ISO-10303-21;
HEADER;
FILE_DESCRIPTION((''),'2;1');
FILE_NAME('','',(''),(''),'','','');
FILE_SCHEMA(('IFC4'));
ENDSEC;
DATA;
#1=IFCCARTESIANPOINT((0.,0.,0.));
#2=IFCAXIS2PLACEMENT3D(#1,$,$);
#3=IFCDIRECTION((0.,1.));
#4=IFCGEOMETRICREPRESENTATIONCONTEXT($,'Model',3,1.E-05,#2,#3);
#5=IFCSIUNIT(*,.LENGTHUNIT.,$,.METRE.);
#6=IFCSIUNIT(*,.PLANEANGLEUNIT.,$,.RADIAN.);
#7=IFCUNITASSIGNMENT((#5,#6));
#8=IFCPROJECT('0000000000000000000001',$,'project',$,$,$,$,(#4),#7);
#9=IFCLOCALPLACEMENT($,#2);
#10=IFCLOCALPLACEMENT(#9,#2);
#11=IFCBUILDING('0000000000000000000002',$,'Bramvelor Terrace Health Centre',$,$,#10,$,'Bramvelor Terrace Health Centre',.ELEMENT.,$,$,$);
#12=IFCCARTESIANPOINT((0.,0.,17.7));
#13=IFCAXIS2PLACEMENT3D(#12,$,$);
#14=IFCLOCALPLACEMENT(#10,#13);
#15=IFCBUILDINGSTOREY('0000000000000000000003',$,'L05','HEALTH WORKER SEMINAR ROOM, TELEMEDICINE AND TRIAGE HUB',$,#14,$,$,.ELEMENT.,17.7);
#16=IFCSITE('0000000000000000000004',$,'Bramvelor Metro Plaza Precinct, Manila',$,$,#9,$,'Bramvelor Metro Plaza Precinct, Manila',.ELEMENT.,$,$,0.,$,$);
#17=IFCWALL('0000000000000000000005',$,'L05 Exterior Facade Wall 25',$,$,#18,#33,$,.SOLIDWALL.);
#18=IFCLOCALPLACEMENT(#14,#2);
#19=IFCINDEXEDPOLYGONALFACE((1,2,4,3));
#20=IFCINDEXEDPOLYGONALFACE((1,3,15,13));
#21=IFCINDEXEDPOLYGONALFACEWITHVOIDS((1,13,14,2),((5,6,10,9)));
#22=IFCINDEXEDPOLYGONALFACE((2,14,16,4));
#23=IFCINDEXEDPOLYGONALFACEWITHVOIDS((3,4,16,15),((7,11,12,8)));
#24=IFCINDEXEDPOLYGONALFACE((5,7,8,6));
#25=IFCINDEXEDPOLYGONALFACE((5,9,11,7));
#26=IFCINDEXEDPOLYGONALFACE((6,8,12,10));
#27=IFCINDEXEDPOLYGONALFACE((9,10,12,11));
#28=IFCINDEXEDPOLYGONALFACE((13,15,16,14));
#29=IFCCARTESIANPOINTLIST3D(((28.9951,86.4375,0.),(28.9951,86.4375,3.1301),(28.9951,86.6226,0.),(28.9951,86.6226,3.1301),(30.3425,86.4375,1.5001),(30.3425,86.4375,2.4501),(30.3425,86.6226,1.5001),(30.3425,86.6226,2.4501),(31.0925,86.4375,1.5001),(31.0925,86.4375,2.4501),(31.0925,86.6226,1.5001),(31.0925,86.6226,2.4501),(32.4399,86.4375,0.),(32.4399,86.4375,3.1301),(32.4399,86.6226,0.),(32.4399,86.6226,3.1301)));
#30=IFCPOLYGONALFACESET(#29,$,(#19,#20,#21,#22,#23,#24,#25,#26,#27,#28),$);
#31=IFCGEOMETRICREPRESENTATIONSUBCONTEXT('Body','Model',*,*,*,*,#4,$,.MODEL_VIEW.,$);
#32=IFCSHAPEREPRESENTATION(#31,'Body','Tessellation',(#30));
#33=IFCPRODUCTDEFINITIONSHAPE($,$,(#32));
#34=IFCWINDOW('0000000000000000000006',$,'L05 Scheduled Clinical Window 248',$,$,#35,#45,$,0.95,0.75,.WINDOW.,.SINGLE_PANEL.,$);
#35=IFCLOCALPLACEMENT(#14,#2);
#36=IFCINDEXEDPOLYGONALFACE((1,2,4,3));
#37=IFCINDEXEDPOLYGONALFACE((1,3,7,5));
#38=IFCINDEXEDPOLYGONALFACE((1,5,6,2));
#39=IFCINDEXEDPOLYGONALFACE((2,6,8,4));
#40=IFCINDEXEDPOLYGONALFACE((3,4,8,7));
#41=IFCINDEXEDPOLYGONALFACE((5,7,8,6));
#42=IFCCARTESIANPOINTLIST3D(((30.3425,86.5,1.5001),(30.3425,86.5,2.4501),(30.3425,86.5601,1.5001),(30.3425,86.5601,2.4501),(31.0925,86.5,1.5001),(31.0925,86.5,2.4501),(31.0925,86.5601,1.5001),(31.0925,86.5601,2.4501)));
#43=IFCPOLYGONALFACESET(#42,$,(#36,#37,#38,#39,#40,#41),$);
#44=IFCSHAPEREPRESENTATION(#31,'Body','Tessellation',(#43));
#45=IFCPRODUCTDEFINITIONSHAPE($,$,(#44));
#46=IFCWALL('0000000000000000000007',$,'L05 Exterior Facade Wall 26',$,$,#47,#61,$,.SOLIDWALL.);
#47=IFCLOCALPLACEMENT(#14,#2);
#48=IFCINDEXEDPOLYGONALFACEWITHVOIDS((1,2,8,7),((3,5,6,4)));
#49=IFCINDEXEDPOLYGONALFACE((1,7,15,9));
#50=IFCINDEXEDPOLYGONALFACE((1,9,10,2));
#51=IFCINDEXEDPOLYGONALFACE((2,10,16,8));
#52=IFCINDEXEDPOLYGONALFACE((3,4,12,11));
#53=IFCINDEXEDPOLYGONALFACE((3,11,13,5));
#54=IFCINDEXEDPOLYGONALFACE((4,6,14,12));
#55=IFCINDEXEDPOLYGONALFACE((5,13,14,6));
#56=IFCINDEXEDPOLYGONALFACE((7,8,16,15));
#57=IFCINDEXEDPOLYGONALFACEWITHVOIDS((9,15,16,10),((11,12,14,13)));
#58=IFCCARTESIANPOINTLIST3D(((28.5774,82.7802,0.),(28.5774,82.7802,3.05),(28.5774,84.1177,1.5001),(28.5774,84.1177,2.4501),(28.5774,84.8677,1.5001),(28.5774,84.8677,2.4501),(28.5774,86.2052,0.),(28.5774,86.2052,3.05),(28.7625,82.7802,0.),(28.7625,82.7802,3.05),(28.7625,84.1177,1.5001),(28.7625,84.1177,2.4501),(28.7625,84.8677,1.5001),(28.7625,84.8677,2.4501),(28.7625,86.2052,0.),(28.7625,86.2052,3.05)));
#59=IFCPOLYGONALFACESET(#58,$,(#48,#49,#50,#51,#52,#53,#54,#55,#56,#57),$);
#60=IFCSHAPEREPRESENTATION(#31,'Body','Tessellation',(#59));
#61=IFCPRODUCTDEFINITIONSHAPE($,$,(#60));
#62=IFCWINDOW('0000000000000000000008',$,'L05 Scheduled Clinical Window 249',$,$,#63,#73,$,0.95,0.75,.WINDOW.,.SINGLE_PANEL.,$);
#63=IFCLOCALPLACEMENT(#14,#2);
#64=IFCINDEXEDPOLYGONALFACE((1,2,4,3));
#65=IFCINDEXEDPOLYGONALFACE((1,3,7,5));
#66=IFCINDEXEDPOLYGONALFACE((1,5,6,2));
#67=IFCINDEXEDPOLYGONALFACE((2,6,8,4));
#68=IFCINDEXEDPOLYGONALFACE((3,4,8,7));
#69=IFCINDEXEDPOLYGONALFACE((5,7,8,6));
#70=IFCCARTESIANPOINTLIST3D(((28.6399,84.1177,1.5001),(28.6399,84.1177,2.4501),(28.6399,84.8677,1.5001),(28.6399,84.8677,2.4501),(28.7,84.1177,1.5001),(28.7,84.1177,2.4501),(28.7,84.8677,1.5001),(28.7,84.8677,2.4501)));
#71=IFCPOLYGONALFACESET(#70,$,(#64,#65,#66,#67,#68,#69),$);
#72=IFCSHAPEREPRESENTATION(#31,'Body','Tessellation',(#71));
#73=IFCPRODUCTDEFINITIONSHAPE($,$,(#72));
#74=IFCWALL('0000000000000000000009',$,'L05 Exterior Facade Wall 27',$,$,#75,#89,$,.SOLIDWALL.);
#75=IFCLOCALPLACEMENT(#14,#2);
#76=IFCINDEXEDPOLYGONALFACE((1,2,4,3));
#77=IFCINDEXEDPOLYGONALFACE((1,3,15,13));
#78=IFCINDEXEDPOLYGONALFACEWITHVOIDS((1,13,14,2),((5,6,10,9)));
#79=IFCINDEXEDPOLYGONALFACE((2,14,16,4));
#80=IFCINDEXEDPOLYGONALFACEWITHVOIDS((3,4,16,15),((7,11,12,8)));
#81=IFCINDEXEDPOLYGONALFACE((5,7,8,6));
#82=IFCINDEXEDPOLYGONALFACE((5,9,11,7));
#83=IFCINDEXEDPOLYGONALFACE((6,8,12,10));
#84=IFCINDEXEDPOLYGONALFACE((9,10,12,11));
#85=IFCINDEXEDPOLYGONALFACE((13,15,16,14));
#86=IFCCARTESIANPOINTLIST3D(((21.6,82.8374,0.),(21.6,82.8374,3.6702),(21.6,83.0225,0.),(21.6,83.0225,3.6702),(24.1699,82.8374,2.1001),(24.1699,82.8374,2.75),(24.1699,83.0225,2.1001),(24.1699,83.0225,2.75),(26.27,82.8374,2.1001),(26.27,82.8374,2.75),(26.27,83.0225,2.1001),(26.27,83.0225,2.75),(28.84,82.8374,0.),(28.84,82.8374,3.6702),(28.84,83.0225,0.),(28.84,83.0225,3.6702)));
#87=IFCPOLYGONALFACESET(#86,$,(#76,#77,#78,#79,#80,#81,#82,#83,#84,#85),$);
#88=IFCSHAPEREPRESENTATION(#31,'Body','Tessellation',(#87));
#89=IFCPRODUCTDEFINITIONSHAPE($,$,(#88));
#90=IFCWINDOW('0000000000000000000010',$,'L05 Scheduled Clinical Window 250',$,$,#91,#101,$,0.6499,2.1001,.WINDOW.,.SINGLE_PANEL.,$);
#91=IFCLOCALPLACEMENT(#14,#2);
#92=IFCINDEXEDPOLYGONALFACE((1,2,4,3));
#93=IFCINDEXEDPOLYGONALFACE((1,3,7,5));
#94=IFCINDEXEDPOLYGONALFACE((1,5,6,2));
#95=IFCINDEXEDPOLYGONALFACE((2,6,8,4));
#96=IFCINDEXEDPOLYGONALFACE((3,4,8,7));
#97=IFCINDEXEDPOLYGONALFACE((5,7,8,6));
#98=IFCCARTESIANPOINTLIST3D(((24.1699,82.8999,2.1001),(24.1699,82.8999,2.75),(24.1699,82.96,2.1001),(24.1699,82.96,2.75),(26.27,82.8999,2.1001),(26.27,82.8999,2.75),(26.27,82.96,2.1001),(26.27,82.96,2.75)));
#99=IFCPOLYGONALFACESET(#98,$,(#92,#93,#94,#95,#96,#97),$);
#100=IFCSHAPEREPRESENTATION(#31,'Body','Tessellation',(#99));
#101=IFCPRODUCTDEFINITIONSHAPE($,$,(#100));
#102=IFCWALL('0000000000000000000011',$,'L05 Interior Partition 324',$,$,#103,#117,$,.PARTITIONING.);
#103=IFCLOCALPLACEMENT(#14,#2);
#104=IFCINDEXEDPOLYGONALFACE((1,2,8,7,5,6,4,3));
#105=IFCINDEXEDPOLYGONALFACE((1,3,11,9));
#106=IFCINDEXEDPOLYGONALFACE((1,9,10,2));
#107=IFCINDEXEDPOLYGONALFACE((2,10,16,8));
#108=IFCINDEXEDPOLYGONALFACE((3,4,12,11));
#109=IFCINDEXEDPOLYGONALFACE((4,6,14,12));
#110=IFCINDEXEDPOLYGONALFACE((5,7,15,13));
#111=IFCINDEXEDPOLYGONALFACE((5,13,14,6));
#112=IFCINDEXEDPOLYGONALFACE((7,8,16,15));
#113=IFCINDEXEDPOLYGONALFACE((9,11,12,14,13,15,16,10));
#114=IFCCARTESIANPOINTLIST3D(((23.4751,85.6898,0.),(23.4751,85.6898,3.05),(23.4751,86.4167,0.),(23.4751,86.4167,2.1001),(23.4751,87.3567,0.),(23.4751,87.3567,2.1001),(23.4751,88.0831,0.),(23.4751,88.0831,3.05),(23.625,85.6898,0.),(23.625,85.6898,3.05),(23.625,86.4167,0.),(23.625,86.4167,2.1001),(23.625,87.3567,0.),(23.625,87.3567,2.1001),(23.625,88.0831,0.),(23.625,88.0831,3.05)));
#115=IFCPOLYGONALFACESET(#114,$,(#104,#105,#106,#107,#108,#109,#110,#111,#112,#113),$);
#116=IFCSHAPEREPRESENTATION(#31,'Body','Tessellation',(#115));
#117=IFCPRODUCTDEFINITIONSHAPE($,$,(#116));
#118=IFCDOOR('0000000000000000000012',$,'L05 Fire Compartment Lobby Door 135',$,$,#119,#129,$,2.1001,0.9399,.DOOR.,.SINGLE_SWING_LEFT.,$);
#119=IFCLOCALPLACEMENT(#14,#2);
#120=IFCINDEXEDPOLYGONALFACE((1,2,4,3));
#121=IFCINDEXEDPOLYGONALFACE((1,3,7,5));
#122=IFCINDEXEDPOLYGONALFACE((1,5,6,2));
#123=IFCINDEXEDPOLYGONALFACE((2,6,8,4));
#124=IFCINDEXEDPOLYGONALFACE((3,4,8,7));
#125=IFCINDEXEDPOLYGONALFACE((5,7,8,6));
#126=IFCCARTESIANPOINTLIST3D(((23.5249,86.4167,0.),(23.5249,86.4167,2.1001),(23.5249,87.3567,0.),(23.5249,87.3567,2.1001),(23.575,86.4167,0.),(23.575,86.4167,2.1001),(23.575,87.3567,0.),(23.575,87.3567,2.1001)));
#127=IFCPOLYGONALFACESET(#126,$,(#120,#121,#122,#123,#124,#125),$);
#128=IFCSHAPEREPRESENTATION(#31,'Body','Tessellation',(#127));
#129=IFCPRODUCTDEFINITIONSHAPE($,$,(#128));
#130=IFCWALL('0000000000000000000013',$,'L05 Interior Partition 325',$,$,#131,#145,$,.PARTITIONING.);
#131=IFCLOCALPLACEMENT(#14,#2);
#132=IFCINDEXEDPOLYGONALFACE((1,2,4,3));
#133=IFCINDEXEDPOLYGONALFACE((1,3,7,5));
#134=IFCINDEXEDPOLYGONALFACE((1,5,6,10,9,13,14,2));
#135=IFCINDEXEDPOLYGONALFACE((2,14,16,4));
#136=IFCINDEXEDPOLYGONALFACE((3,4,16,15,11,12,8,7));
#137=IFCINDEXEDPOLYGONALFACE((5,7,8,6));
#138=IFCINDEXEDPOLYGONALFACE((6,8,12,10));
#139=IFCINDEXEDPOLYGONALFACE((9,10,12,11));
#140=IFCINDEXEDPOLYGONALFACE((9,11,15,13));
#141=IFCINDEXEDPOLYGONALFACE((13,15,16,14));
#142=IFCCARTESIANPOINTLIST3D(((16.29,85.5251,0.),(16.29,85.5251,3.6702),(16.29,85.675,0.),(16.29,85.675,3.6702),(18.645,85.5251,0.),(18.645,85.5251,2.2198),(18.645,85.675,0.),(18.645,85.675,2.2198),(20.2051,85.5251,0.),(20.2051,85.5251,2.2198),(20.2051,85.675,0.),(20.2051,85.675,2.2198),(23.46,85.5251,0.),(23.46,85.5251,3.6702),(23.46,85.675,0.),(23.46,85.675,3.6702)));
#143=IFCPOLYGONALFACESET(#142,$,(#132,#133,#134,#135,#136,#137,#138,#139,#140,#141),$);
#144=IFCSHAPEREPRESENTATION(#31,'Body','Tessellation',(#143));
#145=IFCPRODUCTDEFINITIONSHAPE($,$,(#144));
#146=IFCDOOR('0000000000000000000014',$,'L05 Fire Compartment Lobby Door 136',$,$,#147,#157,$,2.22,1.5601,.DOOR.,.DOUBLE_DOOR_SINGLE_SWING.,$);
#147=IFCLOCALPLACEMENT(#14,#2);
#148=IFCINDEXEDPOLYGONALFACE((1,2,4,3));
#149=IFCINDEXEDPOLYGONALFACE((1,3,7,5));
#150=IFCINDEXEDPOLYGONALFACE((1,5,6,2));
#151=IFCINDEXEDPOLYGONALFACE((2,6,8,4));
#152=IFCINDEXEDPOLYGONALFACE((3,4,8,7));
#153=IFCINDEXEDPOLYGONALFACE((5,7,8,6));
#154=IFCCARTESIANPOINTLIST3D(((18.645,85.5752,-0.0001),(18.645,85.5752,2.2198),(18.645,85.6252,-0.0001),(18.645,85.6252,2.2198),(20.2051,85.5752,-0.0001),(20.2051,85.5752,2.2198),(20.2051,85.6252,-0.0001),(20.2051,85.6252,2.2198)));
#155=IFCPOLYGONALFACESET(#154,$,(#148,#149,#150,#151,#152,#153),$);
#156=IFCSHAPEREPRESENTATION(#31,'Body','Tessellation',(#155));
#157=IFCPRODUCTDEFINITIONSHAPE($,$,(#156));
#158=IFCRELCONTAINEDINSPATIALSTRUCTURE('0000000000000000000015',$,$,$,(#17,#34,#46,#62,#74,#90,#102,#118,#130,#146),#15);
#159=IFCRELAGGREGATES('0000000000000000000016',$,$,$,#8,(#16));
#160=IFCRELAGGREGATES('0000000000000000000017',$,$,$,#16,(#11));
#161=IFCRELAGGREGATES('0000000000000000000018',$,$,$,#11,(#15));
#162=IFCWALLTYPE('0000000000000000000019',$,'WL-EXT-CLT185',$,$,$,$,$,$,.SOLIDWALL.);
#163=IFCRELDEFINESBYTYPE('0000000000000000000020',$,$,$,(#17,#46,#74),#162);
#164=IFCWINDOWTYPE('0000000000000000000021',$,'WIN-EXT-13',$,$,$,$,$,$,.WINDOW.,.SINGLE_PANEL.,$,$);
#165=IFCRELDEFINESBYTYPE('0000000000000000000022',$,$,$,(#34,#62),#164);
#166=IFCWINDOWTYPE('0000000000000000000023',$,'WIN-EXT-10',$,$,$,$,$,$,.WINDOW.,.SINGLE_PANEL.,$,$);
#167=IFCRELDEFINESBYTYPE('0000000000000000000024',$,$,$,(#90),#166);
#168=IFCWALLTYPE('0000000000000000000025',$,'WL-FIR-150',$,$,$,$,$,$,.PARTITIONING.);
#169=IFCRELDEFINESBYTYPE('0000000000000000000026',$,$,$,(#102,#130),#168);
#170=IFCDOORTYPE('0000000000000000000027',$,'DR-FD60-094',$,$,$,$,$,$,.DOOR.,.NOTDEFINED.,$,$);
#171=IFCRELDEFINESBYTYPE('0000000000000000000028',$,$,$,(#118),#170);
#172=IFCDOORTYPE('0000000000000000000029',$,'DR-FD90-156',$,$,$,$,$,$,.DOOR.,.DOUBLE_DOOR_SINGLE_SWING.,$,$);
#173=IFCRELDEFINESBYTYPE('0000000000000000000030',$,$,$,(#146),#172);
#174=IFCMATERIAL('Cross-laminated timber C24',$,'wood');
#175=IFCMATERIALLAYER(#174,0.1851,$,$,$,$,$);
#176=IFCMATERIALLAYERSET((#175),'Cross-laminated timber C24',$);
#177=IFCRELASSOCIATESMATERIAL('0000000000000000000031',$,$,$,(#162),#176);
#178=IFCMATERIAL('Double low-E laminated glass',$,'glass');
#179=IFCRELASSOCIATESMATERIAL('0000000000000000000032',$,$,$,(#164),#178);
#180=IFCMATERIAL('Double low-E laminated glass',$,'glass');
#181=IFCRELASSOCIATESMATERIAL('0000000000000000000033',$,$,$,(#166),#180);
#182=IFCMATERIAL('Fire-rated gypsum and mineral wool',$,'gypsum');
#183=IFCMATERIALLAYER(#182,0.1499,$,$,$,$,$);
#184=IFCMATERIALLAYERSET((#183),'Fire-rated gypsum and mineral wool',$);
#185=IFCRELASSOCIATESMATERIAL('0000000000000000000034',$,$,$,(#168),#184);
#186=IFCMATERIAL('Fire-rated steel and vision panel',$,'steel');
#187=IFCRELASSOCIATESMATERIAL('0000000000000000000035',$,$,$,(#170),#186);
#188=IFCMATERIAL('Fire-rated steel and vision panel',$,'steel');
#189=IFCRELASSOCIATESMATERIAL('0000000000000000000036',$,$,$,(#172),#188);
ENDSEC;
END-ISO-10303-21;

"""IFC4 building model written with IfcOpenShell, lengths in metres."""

from ifc_helpers import new_model, si_unit, direction, frame, frame_2d, origin, place, context, subcontext, project, spatial, rectangle, extrude, material, layer, layer_set, type_object, element, fill, save


model = new_model("IFC4")

# Units and contexts
model_context = context("Model", 3, precision=1e-05, world=origin(), true_north=direction((0.0, 1.0)))
body_context = subcontext(model_context, "Body", "Model", "MODEL_VIEW")
ifc_project = project(units=[si_unit("LENGTHUNIT", "METRE"), si_unit("PLANEANGLEUNIT", "RADIAN")], contexts=[model_context])

# Site, building, storey
site_placement = place(None, origin())
site = spatial("IfcSite", under=ifc_project, at=site_placement, Name="Bramvelor Metro Plaza Precinct, Manila", LongName="Bramvelor Metro Plaza Precinct, Manila", CompositionType="ELEMENT", RefElevation=0.0)
building_placement = place(site_placement, origin())
building = spatial("IfcBuilding", under=site, at=building_placement, Name="Bramvelor Terrace Health Centre", LongName="Bramvelor Terrace Health Centre", CompositionType="ELEMENT")
storey_placement = place(building_placement, frame((0.0, 0.0, 17.7)))
storey = spatial("IfcBuildingStorey", under=building, at=storey_placement, Name="L05", Description="HEALTH WORKER SEMINAR ROOM, TELEMEDICINE AND TRIAGE HUB", CompositionType="ELEMENT", Elevation=17.7)

# Walls, openings, windows
ifc_material_1 = material(Name="Cross-laminated timber C24", Category="wood")
ifc_layer_1 = layer(ifc_material_1, 0.1851)
ifc_layer_set_1 = layer_set([ifc_layer_1], Name="Cross-laminated timber C24")
wall_type_1 = type_object("IfcWallType", Name="WL-EXT-CLT185", PredefinedType="SOLIDWALL", material=ifc_layer_set_1)
wall_1_placement = place(storey_placement, frame((32.4399, 86.53, 0.0), z_axis=(0.0, 0.0, 1.0), x_axis=(-1.0, 0.0, 0.0)))
wall_1 = element("IfcWall", 1, at=wall_1_placement, inside=storey, type_object=wall_type_1, Name="L05 Exterior Facade Wall 25", PredefinedType="SOLIDWALL", context=body_context, shape_type="SweptSolid", body=[
    extrude(rectangle(XDim=3.4448, YDim=0.1851, at=frame_2d((1.7224, 0.0))), origin(), (0.0, 0.0, 1.0), 3.1301),
])
opening_1_placement = place(wall_1_placement, frame((1.3474, 0.0, 1.5)))
opening_1 = element("IfcOpeningElement", 2, at=opening_1_placement, cuts=wall_1, PredefinedType="OPENING", context=body_context, shape_type="SweptSolid", body=[
    extrude(rectangle(XDim=0.75, YDim=0.95, at=frame_2d((0.375, 0.4751))), frame((0.0, 0.1025, 0.0), z_axis=(0.0, -1.0, 0.0), x_axis=(1.0, 0.0, 0.0)), (0.0, 0.0, 1.0), 0.2051),
])
ifc_material_2 = material(Name="Double low-E laminated glass", Category="glass")
window_type_1 = type_object("IfcWindowType", Name="WIN-EXT-13", PartitioningType="SINGLE_PANEL", PredefinedType="WINDOW", material=ifc_material_2)
window_1_placement = place(opening_1_placement, origin())
window_1 = element("IfcWindow", 3, at=window_1_placement, inside=storey, type_object=window_type_1, Name="L05 Scheduled Clinical Window 248", OverallHeight=0.95, OverallWidth=0.75, PartitioningType="SINGLE_PANEL", PredefinedType="WINDOW", context=body_context, shape_type="SweptSolid", body=[
    extrude(rectangle(XDim=0.75, YDim=0.95, at=frame_2d((0.375, 0.4751))), frame((0.0, 0.03, 0.0), z_axis=(0.0, -1.0, 0.0), x_axis=(1.0, 0.0, 0.0)), (0.0, 0.0, 1.0), 0.0601),
])
fill(opening_1, window_1)
wall_2_placement = place(storey_placement, frame((28.6699, 86.2051, 0.0), z_axis=(0.0, 0.0, 1.0), x_axis=(0.0, -1.0, 0.0)))
wall_2 = element("IfcWall", 4, at=wall_2_placement, inside=storey, type_object=wall_type_1, Name="L05 Exterior Facade Wall 26", PredefinedType="SOLIDWALL", context=body_context, shape_type="SweptSolid", body=[
    extrude(rectangle(XDim=3.425, YDim=0.1851, at=frame_2d((1.7124, 0.0))), origin(), (0.0, 0.0, 1.0), 3.05),
])
opening_2_placement = place(wall_2_placement, frame((1.3374, 0.0, 1.5)))
opening_2 = element("IfcOpeningElement", 5, at=opening_2_placement, cuts=wall_2, PredefinedType="OPENING", context=body_context, shape_type="SweptSolid", body=[
    extrude(rectangle(XDim=0.75, YDim=0.95, at=frame_2d((0.375, 0.4751))), frame((0.0, 0.1025, 0.0), z_axis=(0.0, -1.0, 0.0), x_axis=(1.0, 0.0, 0.0)), (0.0, 0.0, 1.0), 0.2051),
])
window_2_placement = place(opening_2_placement, origin())
window_2 = element("IfcWindow", 6, at=window_2_placement, inside=storey, type_object=window_type_1, Name="L05 Scheduled Clinical Window 249", OverallHeight=0.95, OverallWidth=0.75, PartitioningType="SINGLE_PANEL", PredefinedType="WINDOW", context=body_context, shape_type="SweptSolid", body=[
    extrude(rectangle(XDim=0.75, YDim=0.95, at=frame_2d((0.375, 0.4751))), frame((0.0, 0.03, 0.0), z_axis=(0.0, -1.0, 0.0), x_axis=(1.0, 0.0, 0.0)), (0.0, 0.0, 1.0), 0.0601),
])
fill(opening_2, window_2)
wall_3_placement = place(storey_placement, frame((28.8401, 82.9299, 0.0), z_axis=(0.0, 0.0, 1.0), x_axis=(-1.0, 0.0, 0.0)))
wall_3 = element("IfcWall", 7, at=wall_3_placement, inside=storey, type_object=wall_type_1, Name="L05 Exterior Facade Wall 27", PredefinedType="SOLIDWALL", context=body_context, shape_type="SweptSolid", body=[
    extrude(rectangle(XDim=7.24, YDim=0.1851, at=frame_2d((3.6201, 0.0))), origin(), (0.0, 0.0, 1.0), 3.6702),
])
opening_3_placement = place(wall_3_placement, frame((2.5701, 0.0, 2.1001)))
opening_3 = element("IfcOpeningElement", 8, at=opening_3_placement, cuts=wall_3, PredefinedType="OPENING", context=body_context, shape_type="SweptSolid", body=[
    extrude(rectangle(XDim=2.1001, YDim=0.6499, at=frame_2d((1.05, 0.325))), frame((0.0, 0.1025, 0.0), z_axis=(0.0, -1.0, 0.0), x_axis=(1.0, 0.0, 0.0)), (0.0, 0.0, 1.0), 0.2051),
])
ifc_material_3 = material(Name="Double low-E laminated glass", Category="glass")
window_type_2 = type_object("IfcWindowType", Name="WIN-EXT-10", PartitioningType="SINGLE_PANEL", PredefinedType="WINDOW", material=ifc_material_3)
window_3_placement = place(opening_3_placement, origin())
window_3 = element("IfcWindow", 9, at=window_3_placement, inside=storey, type_object=window_type_2, Name="L05 Scheduled Clinical Window 250", OverallHeight=0.6499, OverallWidth=2.1001, PartitioningType="SINGLE_PANEL", PredefinedType="WINDOW", context=body_context, shape_type="SweptSolid", body=[
    extrude(rectangle(XDim=2.1001, YDim=0.6499, at=frame_2d((1.05, 0.325))), frame((0.0, 0.03, 0.0), z_axis=(0.0, -1.0, 0.0), x_axis=(1.0, 0.0, 0.0)), (0.0, 0.0, 1.0), 0.0601),
])
fill(opening_3, window_3)

# Walls, openings, doors
ifc_material_4 = material(Name="Fire-rated gypsum and mineral wool", Category="gypsum")
ifc_layer_2 = layer(ifc_material_4, 0.1499)
ifc_layer_set_2 = layer_set([ifc_layer_2], Name="Fire-rated gypsum and mineral wool")
wall_type_2 = type_object("IfcWallType", Name="WL-FIR-150", PredefinedType="PARTITIONING", material=ifc_layer_set_2)
wall_4_placement = place(storey_placement, frame((23.55, 88.0833, 0.0), z_axis=(0.0, 0.0, 1.0), x_axis=(0.0, -1.0, 0.0)))
wall_4 = element("IfcWall", 10, at=wall_4_placement, inside=storey, type_object=wall_type_2, Name="L05 Interior Partition 324", PredefinedType="PARTITIONING", context=body_context, shape_type="SweptSolid", body=[
    extrude(rectangle(XDim=2.3933, YDim=0.1499, at=frame_2d((1.1968, 0.0))), origin(), (0.0, 0.0, 1.0), 3.05),
])
opening_4_placement = place(wall_4_placement, frame((0.7266, 0.0, 0.0)))
opening_4 = element("IfcOpeningElement", 11, at=opening_4_placement, cuts=wall_4, PredefinedType="OPENING", context=body_context, shape_type="SweptSolid", body=[
    extrude(rectangle(XDim=0.9399, YDim=2.1001, at=frame_2d((0.47, 1.05))), frame((0.0, 0.085, 0.0), z_axis=(0.0, -1.0, 0.0), x_axis=(1.0, 0.0, 0.0)), (0.0, 0.0, 1.0), 0.1699),
])
ifc_material_5 = material(Name="Fire-rated steel and vision panel", Category="steel")
door_type_1 = type_object("IfcDoorType", Name="DR-FD60-094", OperationType="NOTDEFINED", PredefinedType="DOOR", material=ifc_material_5)
door_1_placement = place(opening_4_placement, origin())
door_1 = element("IfcDoor", 12, at=door_1_placement, inside=storey, type_object=door_type_1, Name="L05 Fire Compartment Lobby Door 135", OperationType="SINGLE_SWING_LEFT", OverallHeight=2.1001, OverallWidth=0.9399, PredefinedType="DOOR", context=body_context, shape_type="SweptSolid", body=[
    extrude(rectangle(XDim=0.9399, YDim=2.1001, at=frame_2d((0.47, 1.05))), frame((0.0, 0.0249, 0.0), z_axis=(0.0, -1.0, 0.0), x_axis=(1.0, 0.0, 0.0)), (0.0, 0.0, 1.0), 0.05),
])
fill(opening_4, door_1)
wall_5_placement = place(storey_placement, frame((23.46, 85.6001, 0.0), z_axis=(0.0, 0.0, 1.0), x_axis=(-1.0, 0.0, 0.0)))
wall_5 = element("IfcWall", 13, at=wall_5_placement, inside=storey, type_object=wall_type_2, Name="L05 Interior Partition 325", PredefinedType="PARTITIONING", context=body_context, shape_type="SweptSolid", body=[
    extrude(rectangle(XDim=7.1699, YDim=0.1499, at=frame_2d((3.585, 0.0))), origin(), (0.0, 0.0, 1.0), 3.6702),
])
opening_5_placement = place(wall_5_placement, frame((3.2549, 0.0, 0.0)))
opening_5 = element("IfcOpeningElement", 14, at=opening_5_placement, cuts=wall_5, PredefinedType="OPENING", context=body_context, shape_type="SweptSolid", body=[
    extrude(rectangle(XDim=1.5601, YDim=2.22, at=frame_2d((0.78, 1.1099))), frame((0.0, 0.085, 0.0), z_axis=(0.0, -1.0, 0.0), x_axis=(1.0, 0.0, 0.0)), (0.0, 0.0, 1.0), 0.1699),
])
ifc_material_6 = material(Name="Fire-rated steel and vision panel", Category="steel")
door_type_2 = type_object("IfcDoorType", Name="DR-FD90-156", OperationType="DOUBLE_DOOR_SINGLE_SWING", PredefinedType="DOOR", material=ifc_material_6)
door_2_placement = place(opening_5_placement, origin())
door_2 = element("IfcDoor", 15, at=door_2_placement, inside=storey, type_object=door_type_2, Name="L05 Fire Compartment Lobby Door 136", OperationType="DOUBLE_DOOR_SINGLE_SWING", OverallHeight=2.22, OverallWidth=1.5601, PredefinedType="DOOR", context=body_context, shape_type="SweptSolid", body=[
    extrude(rectangle(XDim=1.5601, YDim=2.22, at=frame_2d((0.78, 1.1099))), frame((0.0, 0.0249, 0.0), z_axis=(0.0, -1.0, 0.0), x_axis=(1.0, 0.0, 0.0)), (0.0, 0.0, 1.0), 0.05),
])
fill(opening_5, door_2)

save(model, "model.ifc")
